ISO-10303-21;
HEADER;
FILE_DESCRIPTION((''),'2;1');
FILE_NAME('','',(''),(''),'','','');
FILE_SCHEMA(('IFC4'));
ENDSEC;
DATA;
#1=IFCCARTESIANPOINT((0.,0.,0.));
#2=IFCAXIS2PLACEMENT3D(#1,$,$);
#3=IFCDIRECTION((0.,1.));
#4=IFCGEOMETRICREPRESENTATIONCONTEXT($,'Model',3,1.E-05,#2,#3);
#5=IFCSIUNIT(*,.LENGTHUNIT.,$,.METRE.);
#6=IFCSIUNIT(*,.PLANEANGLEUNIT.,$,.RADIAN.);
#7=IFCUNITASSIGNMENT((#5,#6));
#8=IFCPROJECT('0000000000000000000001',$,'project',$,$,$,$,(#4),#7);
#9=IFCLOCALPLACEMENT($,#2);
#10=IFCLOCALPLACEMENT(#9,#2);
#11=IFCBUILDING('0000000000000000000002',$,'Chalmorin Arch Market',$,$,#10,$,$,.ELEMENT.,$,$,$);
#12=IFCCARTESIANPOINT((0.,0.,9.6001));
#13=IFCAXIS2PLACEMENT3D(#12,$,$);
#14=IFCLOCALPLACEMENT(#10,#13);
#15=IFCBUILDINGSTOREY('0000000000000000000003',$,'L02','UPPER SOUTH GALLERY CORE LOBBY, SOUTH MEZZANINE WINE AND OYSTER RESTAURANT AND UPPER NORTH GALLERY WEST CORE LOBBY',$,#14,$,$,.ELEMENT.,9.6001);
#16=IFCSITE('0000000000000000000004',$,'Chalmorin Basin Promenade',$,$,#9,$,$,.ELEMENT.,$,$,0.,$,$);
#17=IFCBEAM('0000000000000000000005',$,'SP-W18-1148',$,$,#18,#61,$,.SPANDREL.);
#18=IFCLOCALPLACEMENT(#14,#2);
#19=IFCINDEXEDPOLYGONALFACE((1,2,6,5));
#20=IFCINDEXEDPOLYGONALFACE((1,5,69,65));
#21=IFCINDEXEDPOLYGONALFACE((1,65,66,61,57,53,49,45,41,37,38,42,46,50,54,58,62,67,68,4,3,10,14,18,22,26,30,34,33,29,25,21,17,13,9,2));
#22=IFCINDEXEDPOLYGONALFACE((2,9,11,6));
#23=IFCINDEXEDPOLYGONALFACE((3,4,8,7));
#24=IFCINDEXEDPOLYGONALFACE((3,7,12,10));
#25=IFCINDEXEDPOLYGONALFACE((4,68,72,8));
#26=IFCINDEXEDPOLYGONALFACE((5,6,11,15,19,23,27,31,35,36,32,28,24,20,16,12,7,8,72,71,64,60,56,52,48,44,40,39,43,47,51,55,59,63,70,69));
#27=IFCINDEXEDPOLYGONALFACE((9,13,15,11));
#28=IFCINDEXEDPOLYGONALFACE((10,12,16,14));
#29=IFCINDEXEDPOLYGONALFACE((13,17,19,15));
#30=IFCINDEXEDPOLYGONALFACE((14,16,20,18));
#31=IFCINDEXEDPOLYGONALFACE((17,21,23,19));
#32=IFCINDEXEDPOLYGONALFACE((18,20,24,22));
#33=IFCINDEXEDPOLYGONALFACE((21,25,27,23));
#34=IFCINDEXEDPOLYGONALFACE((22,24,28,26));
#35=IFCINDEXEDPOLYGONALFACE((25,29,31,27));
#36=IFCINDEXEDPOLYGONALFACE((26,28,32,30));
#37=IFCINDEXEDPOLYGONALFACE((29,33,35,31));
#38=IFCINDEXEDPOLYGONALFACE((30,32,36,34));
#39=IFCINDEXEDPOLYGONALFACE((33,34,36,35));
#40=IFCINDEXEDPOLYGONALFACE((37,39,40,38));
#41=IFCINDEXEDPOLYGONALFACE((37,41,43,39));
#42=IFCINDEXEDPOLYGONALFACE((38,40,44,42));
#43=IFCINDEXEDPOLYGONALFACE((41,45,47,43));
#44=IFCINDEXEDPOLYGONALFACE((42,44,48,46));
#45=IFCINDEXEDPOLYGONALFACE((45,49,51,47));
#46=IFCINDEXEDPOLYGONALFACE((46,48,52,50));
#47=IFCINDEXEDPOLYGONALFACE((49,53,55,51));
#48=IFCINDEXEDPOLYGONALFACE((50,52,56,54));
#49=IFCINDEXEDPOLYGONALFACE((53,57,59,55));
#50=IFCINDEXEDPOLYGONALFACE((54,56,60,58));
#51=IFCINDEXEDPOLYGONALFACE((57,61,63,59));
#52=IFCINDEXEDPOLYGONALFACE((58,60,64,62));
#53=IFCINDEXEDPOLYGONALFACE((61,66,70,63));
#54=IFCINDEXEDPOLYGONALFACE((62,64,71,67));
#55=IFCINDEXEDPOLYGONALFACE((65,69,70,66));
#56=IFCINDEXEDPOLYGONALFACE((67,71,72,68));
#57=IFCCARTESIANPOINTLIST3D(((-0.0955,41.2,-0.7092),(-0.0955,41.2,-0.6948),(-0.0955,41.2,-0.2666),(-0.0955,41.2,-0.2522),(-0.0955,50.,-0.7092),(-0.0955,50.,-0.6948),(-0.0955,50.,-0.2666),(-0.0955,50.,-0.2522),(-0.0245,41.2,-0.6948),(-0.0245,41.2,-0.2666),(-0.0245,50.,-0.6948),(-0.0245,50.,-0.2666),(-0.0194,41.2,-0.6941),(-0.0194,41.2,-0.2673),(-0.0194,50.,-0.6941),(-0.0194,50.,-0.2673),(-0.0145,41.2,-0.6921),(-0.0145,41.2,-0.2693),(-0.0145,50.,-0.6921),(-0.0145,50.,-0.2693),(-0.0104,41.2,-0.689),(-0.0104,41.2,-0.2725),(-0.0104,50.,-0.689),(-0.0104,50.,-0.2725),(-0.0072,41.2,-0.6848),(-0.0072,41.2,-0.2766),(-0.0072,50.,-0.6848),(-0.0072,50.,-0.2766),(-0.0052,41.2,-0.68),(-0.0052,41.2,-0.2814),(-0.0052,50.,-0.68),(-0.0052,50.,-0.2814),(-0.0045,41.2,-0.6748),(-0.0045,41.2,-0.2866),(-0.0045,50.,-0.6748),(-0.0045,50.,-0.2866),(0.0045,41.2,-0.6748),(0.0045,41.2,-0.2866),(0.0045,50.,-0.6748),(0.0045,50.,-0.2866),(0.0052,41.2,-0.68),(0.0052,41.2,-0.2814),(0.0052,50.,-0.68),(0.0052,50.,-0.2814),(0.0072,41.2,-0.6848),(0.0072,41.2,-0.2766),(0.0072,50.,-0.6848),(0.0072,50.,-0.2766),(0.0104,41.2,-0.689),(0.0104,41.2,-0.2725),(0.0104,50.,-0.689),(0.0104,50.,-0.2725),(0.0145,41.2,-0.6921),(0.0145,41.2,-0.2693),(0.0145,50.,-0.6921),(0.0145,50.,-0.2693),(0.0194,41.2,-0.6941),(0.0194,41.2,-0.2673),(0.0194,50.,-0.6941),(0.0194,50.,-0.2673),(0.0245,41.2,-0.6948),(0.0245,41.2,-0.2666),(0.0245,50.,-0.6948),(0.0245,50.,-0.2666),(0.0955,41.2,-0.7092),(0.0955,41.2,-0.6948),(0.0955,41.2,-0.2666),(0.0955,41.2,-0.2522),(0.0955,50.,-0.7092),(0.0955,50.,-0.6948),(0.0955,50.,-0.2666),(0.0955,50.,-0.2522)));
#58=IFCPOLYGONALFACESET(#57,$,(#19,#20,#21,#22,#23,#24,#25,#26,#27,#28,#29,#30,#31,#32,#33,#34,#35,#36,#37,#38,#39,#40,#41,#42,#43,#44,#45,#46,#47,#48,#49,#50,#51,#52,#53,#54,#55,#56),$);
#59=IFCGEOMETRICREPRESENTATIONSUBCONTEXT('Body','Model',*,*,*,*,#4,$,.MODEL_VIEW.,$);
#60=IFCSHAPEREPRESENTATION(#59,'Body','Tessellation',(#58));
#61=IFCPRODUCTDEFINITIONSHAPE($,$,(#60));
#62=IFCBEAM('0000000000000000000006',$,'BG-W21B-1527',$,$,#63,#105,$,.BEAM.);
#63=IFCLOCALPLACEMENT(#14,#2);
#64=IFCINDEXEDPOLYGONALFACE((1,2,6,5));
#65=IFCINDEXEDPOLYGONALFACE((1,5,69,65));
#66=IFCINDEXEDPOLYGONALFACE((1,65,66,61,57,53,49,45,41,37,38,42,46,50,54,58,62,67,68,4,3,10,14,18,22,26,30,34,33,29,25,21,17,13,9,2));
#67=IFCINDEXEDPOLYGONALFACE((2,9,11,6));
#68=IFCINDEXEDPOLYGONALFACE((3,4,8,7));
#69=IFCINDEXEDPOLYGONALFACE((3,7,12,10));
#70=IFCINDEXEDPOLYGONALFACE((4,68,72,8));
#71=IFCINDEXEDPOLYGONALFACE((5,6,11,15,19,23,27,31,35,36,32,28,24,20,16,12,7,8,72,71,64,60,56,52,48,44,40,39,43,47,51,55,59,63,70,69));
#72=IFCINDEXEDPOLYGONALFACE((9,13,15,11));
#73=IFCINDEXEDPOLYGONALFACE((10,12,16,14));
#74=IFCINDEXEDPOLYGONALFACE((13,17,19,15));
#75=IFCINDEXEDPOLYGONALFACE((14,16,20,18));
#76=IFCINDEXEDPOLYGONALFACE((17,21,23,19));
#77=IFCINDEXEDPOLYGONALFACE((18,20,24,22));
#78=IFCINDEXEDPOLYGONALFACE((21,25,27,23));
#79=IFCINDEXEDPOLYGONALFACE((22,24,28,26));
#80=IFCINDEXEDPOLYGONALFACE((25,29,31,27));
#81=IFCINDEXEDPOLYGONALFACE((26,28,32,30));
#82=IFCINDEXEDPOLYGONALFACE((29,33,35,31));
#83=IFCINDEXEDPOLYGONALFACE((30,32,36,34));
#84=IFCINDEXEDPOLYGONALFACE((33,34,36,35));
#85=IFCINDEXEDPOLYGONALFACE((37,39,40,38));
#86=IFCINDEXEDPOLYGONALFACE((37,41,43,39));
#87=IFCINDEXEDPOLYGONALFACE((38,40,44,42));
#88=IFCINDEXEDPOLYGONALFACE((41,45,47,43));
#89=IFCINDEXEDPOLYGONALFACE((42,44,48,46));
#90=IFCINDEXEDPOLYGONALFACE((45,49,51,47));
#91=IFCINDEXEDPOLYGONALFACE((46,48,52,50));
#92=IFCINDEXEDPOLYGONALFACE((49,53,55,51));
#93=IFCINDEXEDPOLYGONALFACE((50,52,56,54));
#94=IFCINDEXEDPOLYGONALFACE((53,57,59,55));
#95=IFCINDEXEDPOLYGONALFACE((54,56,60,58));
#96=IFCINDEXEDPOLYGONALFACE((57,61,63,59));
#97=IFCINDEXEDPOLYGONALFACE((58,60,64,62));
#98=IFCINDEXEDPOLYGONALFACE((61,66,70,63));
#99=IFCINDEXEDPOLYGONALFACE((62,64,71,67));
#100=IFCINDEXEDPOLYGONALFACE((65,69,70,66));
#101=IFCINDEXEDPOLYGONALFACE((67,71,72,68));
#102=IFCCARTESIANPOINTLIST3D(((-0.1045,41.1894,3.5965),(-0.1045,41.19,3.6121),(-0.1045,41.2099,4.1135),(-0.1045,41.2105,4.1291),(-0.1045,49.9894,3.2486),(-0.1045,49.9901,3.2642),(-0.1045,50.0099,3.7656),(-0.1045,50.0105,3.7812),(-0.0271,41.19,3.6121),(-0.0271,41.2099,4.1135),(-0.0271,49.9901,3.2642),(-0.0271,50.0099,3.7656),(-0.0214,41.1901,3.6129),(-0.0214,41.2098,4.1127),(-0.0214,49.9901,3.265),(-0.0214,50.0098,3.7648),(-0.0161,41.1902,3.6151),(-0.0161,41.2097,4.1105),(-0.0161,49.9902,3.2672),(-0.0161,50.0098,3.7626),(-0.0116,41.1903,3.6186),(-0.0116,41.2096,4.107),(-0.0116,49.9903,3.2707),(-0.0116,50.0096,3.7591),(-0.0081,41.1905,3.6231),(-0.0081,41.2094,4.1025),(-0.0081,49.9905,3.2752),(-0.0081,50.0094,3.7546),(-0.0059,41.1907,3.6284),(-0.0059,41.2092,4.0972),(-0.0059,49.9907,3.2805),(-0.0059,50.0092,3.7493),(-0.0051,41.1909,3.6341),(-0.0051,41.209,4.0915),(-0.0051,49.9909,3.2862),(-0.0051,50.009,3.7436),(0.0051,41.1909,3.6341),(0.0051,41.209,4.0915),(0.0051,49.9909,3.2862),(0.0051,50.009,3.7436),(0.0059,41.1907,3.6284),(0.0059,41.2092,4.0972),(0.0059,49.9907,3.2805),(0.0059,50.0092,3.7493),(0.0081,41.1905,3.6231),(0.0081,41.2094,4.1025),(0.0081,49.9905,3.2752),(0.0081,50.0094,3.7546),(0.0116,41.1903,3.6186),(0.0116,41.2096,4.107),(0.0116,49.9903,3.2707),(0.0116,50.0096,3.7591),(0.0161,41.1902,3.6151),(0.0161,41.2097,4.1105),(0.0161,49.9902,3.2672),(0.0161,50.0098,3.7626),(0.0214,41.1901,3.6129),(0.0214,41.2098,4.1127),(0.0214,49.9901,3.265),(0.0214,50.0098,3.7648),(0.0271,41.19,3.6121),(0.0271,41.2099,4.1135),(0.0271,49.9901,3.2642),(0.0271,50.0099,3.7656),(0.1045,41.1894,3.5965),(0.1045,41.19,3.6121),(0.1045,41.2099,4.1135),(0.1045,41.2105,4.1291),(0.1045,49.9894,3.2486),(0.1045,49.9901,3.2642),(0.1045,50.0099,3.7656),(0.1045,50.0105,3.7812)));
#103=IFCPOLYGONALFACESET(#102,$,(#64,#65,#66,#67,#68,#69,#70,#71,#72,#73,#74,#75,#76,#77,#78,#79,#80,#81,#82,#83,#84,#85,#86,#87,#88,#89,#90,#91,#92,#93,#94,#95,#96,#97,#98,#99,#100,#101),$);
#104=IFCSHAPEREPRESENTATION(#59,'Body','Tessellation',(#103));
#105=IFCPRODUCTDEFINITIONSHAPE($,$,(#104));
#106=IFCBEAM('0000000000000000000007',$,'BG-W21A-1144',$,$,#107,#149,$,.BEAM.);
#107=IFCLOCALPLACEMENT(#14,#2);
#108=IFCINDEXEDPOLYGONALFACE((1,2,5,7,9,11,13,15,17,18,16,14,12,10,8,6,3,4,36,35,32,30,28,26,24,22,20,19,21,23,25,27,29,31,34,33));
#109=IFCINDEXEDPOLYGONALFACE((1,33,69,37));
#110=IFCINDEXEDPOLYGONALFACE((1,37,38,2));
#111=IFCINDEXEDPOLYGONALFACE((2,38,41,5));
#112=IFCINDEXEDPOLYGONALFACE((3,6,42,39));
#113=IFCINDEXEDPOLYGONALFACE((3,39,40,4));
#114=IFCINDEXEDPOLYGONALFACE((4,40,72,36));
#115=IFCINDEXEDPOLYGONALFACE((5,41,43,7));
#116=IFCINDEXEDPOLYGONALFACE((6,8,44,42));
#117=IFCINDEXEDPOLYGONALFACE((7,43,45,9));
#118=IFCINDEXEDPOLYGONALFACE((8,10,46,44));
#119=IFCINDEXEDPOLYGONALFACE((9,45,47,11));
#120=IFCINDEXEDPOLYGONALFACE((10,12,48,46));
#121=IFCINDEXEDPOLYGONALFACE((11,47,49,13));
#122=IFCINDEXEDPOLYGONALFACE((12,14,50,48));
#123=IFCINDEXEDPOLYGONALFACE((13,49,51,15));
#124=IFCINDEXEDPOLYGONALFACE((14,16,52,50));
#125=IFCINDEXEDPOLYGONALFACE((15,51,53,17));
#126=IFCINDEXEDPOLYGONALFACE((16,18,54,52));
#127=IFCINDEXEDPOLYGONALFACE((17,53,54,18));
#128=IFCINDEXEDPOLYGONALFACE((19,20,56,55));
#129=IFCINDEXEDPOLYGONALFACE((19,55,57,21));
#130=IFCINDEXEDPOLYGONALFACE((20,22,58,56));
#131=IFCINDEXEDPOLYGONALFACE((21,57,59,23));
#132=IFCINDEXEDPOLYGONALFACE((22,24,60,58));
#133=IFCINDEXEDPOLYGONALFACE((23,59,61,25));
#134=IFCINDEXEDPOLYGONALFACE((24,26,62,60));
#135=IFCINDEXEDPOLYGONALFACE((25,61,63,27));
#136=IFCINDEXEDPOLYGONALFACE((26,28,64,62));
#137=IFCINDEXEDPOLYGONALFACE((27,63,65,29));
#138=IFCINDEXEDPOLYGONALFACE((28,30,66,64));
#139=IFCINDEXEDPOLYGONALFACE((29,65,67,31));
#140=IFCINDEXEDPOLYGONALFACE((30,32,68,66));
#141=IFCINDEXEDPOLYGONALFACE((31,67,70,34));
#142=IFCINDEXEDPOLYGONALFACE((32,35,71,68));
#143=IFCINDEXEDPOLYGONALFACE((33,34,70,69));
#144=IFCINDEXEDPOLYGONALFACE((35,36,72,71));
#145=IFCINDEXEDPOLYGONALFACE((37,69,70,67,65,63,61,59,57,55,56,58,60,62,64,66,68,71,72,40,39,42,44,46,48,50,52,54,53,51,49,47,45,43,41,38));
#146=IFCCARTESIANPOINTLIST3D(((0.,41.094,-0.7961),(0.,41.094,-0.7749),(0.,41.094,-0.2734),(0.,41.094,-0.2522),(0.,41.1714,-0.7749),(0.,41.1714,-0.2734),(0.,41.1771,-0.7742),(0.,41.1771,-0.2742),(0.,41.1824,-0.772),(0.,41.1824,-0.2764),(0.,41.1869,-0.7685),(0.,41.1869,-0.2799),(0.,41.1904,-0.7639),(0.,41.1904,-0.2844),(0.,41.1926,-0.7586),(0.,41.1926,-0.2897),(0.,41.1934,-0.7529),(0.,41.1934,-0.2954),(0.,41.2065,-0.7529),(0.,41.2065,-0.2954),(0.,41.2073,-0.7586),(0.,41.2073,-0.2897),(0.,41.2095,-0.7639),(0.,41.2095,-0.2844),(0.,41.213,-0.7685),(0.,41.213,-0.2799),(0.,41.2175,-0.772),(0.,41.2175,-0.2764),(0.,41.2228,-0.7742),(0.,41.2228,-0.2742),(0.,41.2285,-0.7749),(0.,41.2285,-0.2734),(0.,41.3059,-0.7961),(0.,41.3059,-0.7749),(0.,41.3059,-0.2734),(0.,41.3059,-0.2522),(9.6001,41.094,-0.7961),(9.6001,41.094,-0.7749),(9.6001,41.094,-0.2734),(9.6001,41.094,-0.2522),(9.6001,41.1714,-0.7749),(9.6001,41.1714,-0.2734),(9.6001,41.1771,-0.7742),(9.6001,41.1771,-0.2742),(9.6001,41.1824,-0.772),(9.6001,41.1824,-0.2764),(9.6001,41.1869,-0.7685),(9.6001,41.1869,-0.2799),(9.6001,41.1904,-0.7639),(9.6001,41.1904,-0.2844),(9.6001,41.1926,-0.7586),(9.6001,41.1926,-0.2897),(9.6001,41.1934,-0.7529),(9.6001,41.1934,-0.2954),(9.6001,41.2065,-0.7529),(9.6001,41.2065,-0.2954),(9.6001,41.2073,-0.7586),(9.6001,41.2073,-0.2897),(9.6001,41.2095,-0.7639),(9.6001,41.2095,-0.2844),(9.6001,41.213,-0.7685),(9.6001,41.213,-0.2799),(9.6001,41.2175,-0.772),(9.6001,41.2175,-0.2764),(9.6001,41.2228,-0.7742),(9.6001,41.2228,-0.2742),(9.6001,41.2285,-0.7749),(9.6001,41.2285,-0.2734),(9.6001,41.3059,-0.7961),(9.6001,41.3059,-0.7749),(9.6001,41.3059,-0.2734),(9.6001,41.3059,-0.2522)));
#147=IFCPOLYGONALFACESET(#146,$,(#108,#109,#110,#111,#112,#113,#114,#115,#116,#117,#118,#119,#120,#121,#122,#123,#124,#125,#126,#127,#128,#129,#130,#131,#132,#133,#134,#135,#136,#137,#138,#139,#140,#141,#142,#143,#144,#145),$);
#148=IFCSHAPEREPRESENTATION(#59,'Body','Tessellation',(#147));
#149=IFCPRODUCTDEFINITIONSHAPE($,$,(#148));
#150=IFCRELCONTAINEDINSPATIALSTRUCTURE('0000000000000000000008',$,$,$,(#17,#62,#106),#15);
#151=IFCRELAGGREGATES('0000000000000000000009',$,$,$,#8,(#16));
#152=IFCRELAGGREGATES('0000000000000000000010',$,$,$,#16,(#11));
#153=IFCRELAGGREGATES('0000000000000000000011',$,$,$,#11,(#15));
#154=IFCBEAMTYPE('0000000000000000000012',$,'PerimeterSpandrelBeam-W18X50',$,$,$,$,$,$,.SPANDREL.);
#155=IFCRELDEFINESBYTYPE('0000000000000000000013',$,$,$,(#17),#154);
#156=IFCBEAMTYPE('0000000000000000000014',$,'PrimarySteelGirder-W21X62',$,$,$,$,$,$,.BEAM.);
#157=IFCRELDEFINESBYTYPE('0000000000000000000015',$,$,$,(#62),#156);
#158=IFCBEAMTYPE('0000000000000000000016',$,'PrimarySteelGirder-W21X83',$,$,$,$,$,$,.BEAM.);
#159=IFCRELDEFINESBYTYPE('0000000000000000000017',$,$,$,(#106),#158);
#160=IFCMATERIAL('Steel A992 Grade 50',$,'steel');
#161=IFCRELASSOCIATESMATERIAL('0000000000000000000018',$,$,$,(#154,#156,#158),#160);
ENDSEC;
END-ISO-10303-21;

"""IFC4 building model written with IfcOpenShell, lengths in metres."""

from ifc_helpers import new_model, si_unit, direction, frame, origin, origin_2d, place, context, subcontext, project, spatial, i_section, extrude, material, material_profile, profile_set, type_object, element, save


model = new_model("IFC4")

# Units and contexts
model_context = context("Model", 3, precision=1e-05, world=origin(), true_north=direction((0.0, 1.0)))
body_context = subcontext(model_context, "Body", "Model", "MODEL_VIEW")
ifc_project = project(units=[si_unit("LENGTHUNIT", "METRE"), si_unit("PLANEANGLEUNIT", "RADIAN")], contexts=[model_context])

# Site, building, storey
site_placement = place(None, origin())
site = spatial("IfcSite", under=ifc_project, at=site_placement, Name="Chalmorin Basin Promenade", CompositionType="ELEMENT", RefElevation=0.0)
building_placement = place(site_placement, origin())
building = spatial("IfcBuilding", under=site, at=building_placement, Name="Chalmorin Arch Market", CompositionType="ELEMENT")
storey_placement = place(building_placement, frame((0.0, 0.0, 9.6001)))
storey = spatial("IfcBuildingStorey", under=building, at=storey_placement, Name="L02", Description="UPPER SOUTH GALLERY CORE LOBBY, SOUTH MEZZANINE WINE AND OYSTER RESTAURANT AND UPPER NORTH GALLERY WEST CORE LOBBY", CompositionType="ELEMENT", Elevation=9.6001)

# Beams
ifc_material_1 = material(Name="Steel A992 Grade 50", Category="steel")
ifc_material_profile_1 = material_profile(ifc_material_1, i_section(OverallWidth=0.1909, OverallDepth=0.457, WebThickness=0.009, FlangeThickness=0.0144, FilletRadius=0.02, at=origin_2d()), Name="W18X50")
ifc_profile_set_1 = profile_set([ifc_material_profile_1], Name="Steel A992 Grade 50")
beam_type_1 = type_object("IfcBeamType", Name="PerimeterSpandrelBeam-W18X50", PredefinedType="SPANDREL", material=ifc_profile_set_1)
beam_1_placement = place(storey_placement, frame((0.0, 41.2, -0.4807), z_axis=(0.0, 1.0, 0.0), x_axis=(-1.0, 0.0, 0.0)))
element("IfcBeam", 1, at=beam_1_placement, inside=storey, type_object=beam_type_1, Name="SP-W18-1148", PredefinedType="SPANDREL", context=body_context, shape_type="SweptSolid", body=[
    extrude(i_section(OverallWidth=0.1909, OverallDepth=0.457, WebThickness=0.009, FlangeThickness=0.0144, FilletRadius=0.02, at=origin_2d()), origin(), (0.0, 0.0, 1.0), 8.8),
])
ifc_material_profile_2 = material_profile(ifc_material_1, i_section(OverallWidth=0.209, OverallDepth=0.533, WebThickness=0.0103, FlangeThickness=0.0156, FilletRadius=0.022, at=origin_2d()), Name="W21X62")
ifc_profile_set_2 = profile_set([ifc_material_profile_2], Name="Steel A992 Grade 50")
beam_type_2 = type_object("IfcBeamType", Name="PrimarySteelGirder-W21X62", PredefinedType="BEAM", material=ifc_profile_set_2)
beam_2_placement = place(storey_placement, frame((0.0, 41.2, 3.8628), z_axis=(0.0, 0.999219, -0.039503), x_axis=(-1.0, 0.0, 0.0)))
element("IfcBeam", 2, at=beam_2_placement, inside=storey, type_object=beam_type_2, Name="BG-W21B-1527", PredefinedType="BEAM", context=body_context, shape_type="SweptSolid", body=[
    extrude(i_section(OverallWidth=0.209, OverallDepth=0.533, WebThickness=0.0103, FlangeThickness=0.0156, FilletRadius=0.022, at=origin_2d()), origin(), (0.0, 0.0, 1.0), 8.8069),
])
ifc_material_profile_3 = material_profile(ifc_material_1, i_section(OverallWidth=0.2119, OverallDepth=0.5439, WebThickness=0.0132, FlangeThickness=0.0212, FilletRadius=0.022, at=origin_2d()), Name="W21X83")
ifc_profile_set_3 = profile_set([ifc_material_profile_3], Name="Steel A992 Grade 50")
beam_type_3 = type_object("IfcBeamType", Name="PrimarySteelGirder-W21X83", PredefinedType="BEAM", material=ifc_profile_set_3)
beam_3_placement = place(storey_placement, frame((0.0, 41.2, -0.5242), z_axis=(1.0, 0.0, 0.0), x_axis=(0.0, 1.0, 0.0)))
element("IfcBeam", 3, at=beam_3_placement, inside=storey, type_object=beam_type_3, Name="BG-W21A-1144", PredefinedType="BEAM", context=body_context, shape_type="SweptSolid", body=[
    extrude(i_section(OverallWidth=0.2119, OverallDepth=0.5439, WebThickness=0.0132, FlangeThickness=0.0212, FilletRadius=0.022, at=origin_2d()), origin(), (0.0, 0.0, 1.0), 9.6001),
])

save(model, "model.ifc")
